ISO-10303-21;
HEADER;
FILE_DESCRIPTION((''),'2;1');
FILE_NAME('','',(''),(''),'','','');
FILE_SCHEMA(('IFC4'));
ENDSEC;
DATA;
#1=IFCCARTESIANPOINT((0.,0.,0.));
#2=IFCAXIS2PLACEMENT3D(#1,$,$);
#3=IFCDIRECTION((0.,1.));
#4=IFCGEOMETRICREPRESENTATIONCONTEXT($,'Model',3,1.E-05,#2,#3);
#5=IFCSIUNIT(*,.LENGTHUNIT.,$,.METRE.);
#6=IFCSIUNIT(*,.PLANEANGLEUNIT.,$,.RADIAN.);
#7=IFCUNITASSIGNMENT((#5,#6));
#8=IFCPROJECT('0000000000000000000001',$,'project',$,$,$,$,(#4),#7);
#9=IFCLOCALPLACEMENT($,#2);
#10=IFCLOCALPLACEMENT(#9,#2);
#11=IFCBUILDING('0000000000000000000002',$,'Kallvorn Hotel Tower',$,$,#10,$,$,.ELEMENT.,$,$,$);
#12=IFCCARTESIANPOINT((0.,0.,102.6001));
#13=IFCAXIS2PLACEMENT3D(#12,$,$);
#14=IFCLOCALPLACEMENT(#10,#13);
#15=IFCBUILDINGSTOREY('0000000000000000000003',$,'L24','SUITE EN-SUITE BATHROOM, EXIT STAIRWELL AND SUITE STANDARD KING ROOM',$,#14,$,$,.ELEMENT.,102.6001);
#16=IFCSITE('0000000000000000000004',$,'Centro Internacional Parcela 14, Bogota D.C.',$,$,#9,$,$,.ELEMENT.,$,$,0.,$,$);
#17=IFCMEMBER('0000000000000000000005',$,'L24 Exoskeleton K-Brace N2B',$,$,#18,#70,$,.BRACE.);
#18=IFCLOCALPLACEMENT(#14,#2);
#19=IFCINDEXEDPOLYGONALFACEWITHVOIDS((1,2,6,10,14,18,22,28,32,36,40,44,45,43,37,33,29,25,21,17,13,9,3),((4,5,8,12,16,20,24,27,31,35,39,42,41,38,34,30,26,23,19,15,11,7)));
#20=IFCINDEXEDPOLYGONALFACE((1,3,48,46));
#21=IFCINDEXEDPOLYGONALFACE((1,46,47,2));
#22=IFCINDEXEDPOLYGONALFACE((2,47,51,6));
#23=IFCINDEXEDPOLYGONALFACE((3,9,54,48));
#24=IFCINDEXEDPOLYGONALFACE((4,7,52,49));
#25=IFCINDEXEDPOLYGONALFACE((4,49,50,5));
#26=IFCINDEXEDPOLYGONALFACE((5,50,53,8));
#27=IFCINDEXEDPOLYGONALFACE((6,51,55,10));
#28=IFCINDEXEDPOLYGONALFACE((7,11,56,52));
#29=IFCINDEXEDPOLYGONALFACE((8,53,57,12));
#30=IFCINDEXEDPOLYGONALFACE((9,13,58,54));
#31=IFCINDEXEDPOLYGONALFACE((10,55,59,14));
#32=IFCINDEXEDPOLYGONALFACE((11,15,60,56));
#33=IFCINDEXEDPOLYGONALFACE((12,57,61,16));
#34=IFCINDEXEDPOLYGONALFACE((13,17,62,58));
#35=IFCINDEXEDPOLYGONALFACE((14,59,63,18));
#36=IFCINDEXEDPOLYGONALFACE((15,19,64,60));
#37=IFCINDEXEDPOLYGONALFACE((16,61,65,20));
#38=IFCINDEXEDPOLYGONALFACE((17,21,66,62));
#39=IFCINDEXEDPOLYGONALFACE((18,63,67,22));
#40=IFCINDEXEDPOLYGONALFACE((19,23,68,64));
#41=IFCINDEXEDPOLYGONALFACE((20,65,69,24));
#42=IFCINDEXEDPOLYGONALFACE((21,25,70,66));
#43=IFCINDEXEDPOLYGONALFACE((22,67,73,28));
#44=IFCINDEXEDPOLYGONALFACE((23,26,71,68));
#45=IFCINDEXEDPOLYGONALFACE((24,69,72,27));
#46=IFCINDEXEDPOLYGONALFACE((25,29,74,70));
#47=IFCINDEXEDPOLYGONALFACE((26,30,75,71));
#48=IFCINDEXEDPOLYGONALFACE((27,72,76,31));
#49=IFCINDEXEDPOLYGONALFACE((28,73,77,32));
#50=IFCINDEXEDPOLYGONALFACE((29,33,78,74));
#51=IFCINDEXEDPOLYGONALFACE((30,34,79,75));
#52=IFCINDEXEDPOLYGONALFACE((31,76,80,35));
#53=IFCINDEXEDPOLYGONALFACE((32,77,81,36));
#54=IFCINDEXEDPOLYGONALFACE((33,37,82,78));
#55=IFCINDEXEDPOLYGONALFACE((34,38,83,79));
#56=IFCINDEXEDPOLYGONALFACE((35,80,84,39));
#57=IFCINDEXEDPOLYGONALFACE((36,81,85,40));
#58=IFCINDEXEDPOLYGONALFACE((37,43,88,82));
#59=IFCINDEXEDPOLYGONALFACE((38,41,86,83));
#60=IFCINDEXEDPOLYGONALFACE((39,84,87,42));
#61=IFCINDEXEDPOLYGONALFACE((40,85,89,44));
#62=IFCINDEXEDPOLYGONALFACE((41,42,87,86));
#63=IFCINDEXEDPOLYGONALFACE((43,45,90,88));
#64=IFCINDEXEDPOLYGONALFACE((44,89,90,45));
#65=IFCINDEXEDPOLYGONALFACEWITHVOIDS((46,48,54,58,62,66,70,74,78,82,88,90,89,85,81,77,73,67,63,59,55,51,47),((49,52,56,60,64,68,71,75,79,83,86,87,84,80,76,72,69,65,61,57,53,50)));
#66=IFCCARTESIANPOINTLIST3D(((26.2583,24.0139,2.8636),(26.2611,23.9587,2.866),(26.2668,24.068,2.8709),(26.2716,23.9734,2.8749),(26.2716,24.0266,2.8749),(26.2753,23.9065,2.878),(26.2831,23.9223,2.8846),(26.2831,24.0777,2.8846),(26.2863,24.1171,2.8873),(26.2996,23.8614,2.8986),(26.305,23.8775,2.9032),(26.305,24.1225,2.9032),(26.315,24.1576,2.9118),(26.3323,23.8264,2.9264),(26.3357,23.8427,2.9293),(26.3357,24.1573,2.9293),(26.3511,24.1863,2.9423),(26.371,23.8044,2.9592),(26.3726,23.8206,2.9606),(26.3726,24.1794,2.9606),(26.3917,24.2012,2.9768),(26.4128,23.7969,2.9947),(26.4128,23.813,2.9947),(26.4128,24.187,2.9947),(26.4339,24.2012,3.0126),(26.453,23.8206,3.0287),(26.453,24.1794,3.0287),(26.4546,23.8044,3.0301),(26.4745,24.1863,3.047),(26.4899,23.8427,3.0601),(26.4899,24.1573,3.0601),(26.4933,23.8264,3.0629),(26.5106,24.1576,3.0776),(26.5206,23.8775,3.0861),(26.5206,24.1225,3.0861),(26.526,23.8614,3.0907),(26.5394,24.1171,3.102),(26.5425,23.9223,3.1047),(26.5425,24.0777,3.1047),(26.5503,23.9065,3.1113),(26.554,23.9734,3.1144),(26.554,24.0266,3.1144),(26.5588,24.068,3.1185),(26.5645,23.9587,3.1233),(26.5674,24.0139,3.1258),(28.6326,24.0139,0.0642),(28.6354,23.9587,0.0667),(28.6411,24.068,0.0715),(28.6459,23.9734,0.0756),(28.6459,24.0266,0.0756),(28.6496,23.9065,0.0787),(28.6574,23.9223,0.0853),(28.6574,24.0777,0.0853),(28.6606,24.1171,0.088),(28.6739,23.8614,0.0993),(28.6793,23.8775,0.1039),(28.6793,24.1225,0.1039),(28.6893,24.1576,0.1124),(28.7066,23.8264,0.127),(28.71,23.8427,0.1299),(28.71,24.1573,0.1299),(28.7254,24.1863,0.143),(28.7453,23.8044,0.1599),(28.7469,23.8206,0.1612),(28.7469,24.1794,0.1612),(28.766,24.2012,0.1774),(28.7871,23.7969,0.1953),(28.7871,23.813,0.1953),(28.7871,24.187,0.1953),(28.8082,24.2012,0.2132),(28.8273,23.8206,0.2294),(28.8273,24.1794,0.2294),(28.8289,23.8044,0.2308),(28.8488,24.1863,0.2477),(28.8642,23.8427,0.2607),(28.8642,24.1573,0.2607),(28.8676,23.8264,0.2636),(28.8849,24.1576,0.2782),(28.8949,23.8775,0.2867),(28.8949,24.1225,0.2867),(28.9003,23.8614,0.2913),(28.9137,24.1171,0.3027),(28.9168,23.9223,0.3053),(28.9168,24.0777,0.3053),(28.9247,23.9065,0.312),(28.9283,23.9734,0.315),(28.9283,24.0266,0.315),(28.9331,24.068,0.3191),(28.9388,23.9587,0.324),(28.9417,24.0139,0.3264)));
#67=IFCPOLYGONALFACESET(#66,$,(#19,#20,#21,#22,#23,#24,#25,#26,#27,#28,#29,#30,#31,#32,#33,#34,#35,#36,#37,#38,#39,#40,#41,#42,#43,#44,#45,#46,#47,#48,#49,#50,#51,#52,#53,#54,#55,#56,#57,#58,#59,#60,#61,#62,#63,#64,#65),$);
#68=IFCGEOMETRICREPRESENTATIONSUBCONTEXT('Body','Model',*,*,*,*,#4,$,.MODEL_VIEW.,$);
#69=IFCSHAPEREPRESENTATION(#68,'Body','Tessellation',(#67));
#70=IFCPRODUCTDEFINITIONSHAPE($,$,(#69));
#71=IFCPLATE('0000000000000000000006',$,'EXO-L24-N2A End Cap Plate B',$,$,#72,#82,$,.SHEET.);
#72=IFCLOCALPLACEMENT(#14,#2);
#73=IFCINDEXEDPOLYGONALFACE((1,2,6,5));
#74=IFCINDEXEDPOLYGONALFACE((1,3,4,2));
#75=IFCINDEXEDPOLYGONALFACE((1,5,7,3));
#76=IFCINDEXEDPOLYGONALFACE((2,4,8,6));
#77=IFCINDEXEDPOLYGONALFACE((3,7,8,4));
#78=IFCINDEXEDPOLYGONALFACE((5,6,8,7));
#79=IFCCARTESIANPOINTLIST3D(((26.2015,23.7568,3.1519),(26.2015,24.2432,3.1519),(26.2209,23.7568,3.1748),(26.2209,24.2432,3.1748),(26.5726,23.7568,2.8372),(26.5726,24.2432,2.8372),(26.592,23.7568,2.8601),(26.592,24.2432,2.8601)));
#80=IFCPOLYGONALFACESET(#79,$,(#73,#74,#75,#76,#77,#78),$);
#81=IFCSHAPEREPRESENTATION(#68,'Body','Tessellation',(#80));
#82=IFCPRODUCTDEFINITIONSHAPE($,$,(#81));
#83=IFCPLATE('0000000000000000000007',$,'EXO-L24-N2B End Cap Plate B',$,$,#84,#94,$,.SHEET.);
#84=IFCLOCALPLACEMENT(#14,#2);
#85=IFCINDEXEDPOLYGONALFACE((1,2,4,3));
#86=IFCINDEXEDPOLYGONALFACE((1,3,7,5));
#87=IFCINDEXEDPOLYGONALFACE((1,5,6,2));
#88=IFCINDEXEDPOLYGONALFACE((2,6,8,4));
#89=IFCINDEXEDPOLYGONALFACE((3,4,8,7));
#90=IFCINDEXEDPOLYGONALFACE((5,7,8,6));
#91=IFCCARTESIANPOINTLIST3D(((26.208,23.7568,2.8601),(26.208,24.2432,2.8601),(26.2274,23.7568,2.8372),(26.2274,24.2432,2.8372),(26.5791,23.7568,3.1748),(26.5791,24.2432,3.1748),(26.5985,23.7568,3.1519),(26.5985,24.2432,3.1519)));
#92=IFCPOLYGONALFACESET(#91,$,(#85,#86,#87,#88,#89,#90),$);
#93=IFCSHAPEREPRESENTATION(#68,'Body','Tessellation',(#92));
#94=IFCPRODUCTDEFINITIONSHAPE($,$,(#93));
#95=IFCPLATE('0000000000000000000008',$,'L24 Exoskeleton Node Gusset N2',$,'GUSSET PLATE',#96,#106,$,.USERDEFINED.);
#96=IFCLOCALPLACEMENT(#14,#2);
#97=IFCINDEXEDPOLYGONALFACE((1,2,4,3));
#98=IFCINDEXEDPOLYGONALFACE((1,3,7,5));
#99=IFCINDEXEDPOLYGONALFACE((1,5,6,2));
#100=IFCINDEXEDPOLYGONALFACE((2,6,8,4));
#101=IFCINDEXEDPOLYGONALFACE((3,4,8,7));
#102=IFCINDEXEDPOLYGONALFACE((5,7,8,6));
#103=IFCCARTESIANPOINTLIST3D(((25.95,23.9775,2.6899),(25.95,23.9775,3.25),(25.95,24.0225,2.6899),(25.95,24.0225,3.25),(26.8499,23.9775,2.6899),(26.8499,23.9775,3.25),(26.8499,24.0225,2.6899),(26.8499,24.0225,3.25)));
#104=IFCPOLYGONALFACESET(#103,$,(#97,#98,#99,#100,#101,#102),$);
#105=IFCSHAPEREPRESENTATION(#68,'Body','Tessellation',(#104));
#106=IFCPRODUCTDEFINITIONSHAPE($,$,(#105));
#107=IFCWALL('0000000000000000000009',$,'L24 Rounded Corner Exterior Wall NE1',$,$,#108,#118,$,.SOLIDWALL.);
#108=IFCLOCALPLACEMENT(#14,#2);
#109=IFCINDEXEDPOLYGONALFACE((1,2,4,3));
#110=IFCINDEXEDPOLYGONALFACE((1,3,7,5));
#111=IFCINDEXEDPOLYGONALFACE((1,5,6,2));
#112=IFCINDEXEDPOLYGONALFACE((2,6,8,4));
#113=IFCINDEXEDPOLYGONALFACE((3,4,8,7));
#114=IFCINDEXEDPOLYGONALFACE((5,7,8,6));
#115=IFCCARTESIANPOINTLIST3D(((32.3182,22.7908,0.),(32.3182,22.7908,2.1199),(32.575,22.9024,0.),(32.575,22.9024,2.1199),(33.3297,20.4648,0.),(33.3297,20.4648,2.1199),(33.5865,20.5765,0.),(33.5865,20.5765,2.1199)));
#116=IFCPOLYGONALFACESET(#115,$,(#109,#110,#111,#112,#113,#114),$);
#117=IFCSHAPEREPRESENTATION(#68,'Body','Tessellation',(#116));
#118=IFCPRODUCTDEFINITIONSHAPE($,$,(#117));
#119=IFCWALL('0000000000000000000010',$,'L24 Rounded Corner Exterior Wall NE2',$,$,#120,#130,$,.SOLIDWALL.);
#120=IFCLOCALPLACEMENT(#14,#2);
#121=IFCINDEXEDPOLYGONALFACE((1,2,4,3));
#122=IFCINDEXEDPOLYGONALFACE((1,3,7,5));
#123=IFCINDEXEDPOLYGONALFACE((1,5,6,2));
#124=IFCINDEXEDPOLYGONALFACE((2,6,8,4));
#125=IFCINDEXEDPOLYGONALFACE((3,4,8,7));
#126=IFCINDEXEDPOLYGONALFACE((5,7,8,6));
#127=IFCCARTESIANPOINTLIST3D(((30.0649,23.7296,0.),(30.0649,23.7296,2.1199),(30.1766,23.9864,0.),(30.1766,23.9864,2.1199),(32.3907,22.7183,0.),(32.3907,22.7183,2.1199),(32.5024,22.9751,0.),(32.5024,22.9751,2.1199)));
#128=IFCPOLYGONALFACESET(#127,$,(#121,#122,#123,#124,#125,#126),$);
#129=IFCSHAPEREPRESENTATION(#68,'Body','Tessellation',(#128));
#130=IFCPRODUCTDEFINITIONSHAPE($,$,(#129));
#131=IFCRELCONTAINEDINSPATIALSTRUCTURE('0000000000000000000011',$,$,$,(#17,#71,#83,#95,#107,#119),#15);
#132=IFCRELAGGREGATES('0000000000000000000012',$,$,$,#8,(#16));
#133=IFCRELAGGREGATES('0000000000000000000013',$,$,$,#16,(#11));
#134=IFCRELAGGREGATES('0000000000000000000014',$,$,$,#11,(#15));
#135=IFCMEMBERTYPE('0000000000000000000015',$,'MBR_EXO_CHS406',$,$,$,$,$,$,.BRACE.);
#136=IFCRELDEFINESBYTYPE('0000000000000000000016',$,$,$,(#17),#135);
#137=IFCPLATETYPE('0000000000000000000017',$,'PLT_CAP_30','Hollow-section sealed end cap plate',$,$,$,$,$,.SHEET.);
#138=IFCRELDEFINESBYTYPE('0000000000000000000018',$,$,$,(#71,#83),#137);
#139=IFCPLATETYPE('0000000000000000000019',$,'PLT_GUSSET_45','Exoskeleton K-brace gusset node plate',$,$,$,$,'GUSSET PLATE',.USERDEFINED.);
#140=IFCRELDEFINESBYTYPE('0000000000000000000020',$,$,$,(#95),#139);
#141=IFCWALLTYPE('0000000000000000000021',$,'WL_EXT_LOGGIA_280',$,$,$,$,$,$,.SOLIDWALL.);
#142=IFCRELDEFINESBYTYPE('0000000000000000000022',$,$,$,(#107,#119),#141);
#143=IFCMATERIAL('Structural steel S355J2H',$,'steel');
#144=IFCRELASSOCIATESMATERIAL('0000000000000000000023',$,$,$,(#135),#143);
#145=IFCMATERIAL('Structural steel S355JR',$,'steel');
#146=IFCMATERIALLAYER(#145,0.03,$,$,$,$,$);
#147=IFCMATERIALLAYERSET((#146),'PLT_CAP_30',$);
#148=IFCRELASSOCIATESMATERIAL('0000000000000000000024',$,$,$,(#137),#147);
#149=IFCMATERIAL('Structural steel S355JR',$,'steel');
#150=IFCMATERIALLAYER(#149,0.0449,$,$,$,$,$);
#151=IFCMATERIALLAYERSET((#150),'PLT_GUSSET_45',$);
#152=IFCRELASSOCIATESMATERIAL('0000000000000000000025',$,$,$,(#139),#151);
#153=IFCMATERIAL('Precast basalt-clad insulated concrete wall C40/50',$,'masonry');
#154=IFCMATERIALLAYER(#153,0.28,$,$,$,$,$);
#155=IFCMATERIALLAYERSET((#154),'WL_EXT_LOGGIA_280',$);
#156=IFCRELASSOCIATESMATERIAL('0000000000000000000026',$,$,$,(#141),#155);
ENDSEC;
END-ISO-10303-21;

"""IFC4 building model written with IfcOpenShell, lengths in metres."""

from ifc_helpers import new_model, si_unit, direction, frame, frame_2d, origin, origin_2d, place, context, subcontext, project, spatial, polyline, rectangle, hollow_circle, outline, extrude, material, layer, layer_set, material_profile, profile_set, type_object, element, save


model = new_model("IFC4")

# Units and contexts
model_context = context("Model", 3, precision=1e-05, world=origin(), true_north=direction((0.0, 1.0)))
body_context = subcontext(model_context, "Body", "Model", "MODEL_VIEW")
ifc_project = project(units=[si_unit("LENGTHUNIT", "METRE"), si_unit("PLANEANGLEUNIT", "RADIAN")], contexts=[model_context])

# Site, building, storey
site_placement = place(None, origin())
site = spatial("IfcSite", under=ifc_project, at=site_placement, Name="Centro Internacional Parcela 14, Bogota D.C.", CompositionType="ELEMENT", RefElevation=0.0)
building_placement = place(site_placement, origin())
building = spatial("IfcBuilding", under=site, at=building_placement, Name="Kallvorn Hotel Tower", CompositionType="ELEMENT")
storey_placement = place(building_placement, frame((0.0, 0.0, 102.6001)))
storey = spatial("IfcBuildingStorey", under=building, at=storey_placement, Name="L24", Description="SUITE EN-SUITE BATHROOM, EXIT STAIRWELL AND SUITE STANDARD KING ROOM", CompositionType="ELEMENT", Elevation=102.6001)

# Member
ifc_material_1 = material(Name="Structural steel S355J2H", Category="steel")
ifc_material_profile_1 = material_profile(ifc_material_1, hollow_circle(Radius=0.2031, WallThickness=0.0161, at=origin_2d()), Name="CHS 406.4x16")
ifc_profile_set_1 = profile_set([ifc_material_profile_1], Name="Structural steel S355J2H")
member_type_1 = type_object("IfcMemberType", Name="MBR_EXO_CHS406", PredefinedType="BRACE", material=ifc_profile_set_1)
for number, where, z_axis, x_axis, name in (
    (1, (28.7871, 24.0, 0.1953), (-0.646833, 0.0, 0.762631), (0.0, -1.0, 0.0), "L24 Exoskeleton K-Brace N2B"),
):
    element("IfcMember", number, at=place(storey_placement, frame(where, z_axis=z_axis, x_axis=x_axis)), inside=storey, type_object=member_type_1, Name=name, PredefinedType="BRACE", context=body_context, shape_type="SweptSolid", body=[
        extrude(hollow_circle(Radius=0.2031, WallThickness=0.0161, at=origin_2d()), origin(), (0.0, 0.0, 1.0), 3.6707),
    ])

# Plates
ifc_material_2 = material(Name="Structural steel S355JR", Category="steel")
ifc_layer_1 = layer(ifc_material_2, 0.03)
ifc_layer_set_1 = layer_set([ifc_layer_1], Name="PLT_CAP_30")
plate_type_1 = type_object("IfcPlateType", Name="PLT_CAP_30", Description="Hollow-section sealed end cap plate", PredefinedType="SHEET", material=ifc_layer_set_1)
for number, where, z_axis, x_axis, name in (
    (2, (26.592, 23.7568, 2.8601), (0.646774, 0.0, 0.762682), (0.0, 1.0, 0.0), "EXO-L24-N2A End Cap Plate B"),
    (3, (26.208, 24.2432, 2.8601), (-0.646774, 0.0, 0.762682), (0.0, -1.0, 0.0), "EXO-L24-N2B End Cap Plate B"),
):
    element("IfcPlate", number, at=place(storey_placement, frame(where, z_axis=z_axis, x_axis=x_axis)), inside=storey, type_object=plate_type_1, Name=name, PredefinedType="SHEET", context=body_context, shape_type="SweptSolid", body=[
        extrude(outline(polyline([(0.0, 0.0), (0.4863, 0.0), (0.4863, 0.4866), (0.0, 0.4866), (0.0, 0.0)])), origin(), (0.0, 0.0, -1.0), 0.03),
    ])
ifc_material_3 = material(Name="Structural steel S355JR", Category="steel")
ifc_layer_2 = layer(ifc_material_3, 0.0449)
ifc_layer_set_2 = layer_set([ifc_layer_2], Name="PLT_GUSSET_45")
plate_type_2 = type_object("IfcPlateType", Name="PLT_GUSSET_45", Description="Exoskeleton K-brace gusset node plate", ElementType="GUSSET PLATE", PredefinedType="USERDEFINED", material=ifc_layer_set_2)
plate_placement = place(storey_placement, frame((26.3999, 24.0, 2.6899), z_axis=(0.0, 0.0, 1.0), x_axis=(1.0, 0.0, 0.0)))
element("IfcPlate", 4, at=plate_placement, inside=storey, type_object=plate_type_2, Name="L24 Exoskeleton Node Gusset N2", ObjectType="GUSSET PLATE", PredefinedType="USERDEFINED", context=body_context, shape_type="SweptSolid", body=[
    extrude(rectangle(XDim=0.8999, YDim=0.0449, at=origin_2d()), origin(), (0.0, 0.0, 1.0), 0.5601),
])

# Walls
ifc_material_4 = material(Name="Precast basalt-clad insulated concrete wall C40/50", Category="masonry")
ifc_layer_3 = layer(ifc_material_4, 0.28)
ifc_layer_set_3 = layer_set([ifc_layer_3], Name="WL_EXT_LOGGIA_280")
wall_type = type_object("IfcWallType", Name="WL_EXT_LOGGIA_280", PredefinedType="SOLIDWALL", material=ifc_layer_set_3)
wall_1_placement = place(storey_placement, frame((33.458, 20.5208, 0.0), z_axis=(0.0, 0.0, 1.0), x_axis=(-0.398793, 0.917041, 0.0)))
element("IfcWall", 5, at=wall_1_placement, inside=storey, type_object=wall_type, Name="L24 Rounded Corner Exterior Wall NE1", PredefinedType="SOLIDWALL", context=body_context, shape_type="SweptSolid", body=[
    extrude(rectangle(XDim=2.5364, YDim=0.28, at=frame_2d((1.2681, 0.0))), origin(), (0.0, 0.0, 1.0), 2.1199),
])
wall_2_placement = place(storey_placement, frame((32.4465, 22.8467, 0.0), z_axis=(0.0, 0.0, 1.0), x_axis=(-0.917061, 0.398747, 0.0)))
element("IfcWall", 6, at=wall_2_placement, inside=storey, type_object=wall_type, Name="L24 Rounded Corner Exterior Wall NE2", PredefinedType="SOLIDWALL", context=body_context, shape_type="SweptSolid", body=[
    extrude(rectangle(XDim=2.5361, YDim=0.28, at=frame_2d((1.2681, 0.0))), origin(), (0.0, 0.0, 1.0), 2.1199),
])

save(model, "model.ifc")
